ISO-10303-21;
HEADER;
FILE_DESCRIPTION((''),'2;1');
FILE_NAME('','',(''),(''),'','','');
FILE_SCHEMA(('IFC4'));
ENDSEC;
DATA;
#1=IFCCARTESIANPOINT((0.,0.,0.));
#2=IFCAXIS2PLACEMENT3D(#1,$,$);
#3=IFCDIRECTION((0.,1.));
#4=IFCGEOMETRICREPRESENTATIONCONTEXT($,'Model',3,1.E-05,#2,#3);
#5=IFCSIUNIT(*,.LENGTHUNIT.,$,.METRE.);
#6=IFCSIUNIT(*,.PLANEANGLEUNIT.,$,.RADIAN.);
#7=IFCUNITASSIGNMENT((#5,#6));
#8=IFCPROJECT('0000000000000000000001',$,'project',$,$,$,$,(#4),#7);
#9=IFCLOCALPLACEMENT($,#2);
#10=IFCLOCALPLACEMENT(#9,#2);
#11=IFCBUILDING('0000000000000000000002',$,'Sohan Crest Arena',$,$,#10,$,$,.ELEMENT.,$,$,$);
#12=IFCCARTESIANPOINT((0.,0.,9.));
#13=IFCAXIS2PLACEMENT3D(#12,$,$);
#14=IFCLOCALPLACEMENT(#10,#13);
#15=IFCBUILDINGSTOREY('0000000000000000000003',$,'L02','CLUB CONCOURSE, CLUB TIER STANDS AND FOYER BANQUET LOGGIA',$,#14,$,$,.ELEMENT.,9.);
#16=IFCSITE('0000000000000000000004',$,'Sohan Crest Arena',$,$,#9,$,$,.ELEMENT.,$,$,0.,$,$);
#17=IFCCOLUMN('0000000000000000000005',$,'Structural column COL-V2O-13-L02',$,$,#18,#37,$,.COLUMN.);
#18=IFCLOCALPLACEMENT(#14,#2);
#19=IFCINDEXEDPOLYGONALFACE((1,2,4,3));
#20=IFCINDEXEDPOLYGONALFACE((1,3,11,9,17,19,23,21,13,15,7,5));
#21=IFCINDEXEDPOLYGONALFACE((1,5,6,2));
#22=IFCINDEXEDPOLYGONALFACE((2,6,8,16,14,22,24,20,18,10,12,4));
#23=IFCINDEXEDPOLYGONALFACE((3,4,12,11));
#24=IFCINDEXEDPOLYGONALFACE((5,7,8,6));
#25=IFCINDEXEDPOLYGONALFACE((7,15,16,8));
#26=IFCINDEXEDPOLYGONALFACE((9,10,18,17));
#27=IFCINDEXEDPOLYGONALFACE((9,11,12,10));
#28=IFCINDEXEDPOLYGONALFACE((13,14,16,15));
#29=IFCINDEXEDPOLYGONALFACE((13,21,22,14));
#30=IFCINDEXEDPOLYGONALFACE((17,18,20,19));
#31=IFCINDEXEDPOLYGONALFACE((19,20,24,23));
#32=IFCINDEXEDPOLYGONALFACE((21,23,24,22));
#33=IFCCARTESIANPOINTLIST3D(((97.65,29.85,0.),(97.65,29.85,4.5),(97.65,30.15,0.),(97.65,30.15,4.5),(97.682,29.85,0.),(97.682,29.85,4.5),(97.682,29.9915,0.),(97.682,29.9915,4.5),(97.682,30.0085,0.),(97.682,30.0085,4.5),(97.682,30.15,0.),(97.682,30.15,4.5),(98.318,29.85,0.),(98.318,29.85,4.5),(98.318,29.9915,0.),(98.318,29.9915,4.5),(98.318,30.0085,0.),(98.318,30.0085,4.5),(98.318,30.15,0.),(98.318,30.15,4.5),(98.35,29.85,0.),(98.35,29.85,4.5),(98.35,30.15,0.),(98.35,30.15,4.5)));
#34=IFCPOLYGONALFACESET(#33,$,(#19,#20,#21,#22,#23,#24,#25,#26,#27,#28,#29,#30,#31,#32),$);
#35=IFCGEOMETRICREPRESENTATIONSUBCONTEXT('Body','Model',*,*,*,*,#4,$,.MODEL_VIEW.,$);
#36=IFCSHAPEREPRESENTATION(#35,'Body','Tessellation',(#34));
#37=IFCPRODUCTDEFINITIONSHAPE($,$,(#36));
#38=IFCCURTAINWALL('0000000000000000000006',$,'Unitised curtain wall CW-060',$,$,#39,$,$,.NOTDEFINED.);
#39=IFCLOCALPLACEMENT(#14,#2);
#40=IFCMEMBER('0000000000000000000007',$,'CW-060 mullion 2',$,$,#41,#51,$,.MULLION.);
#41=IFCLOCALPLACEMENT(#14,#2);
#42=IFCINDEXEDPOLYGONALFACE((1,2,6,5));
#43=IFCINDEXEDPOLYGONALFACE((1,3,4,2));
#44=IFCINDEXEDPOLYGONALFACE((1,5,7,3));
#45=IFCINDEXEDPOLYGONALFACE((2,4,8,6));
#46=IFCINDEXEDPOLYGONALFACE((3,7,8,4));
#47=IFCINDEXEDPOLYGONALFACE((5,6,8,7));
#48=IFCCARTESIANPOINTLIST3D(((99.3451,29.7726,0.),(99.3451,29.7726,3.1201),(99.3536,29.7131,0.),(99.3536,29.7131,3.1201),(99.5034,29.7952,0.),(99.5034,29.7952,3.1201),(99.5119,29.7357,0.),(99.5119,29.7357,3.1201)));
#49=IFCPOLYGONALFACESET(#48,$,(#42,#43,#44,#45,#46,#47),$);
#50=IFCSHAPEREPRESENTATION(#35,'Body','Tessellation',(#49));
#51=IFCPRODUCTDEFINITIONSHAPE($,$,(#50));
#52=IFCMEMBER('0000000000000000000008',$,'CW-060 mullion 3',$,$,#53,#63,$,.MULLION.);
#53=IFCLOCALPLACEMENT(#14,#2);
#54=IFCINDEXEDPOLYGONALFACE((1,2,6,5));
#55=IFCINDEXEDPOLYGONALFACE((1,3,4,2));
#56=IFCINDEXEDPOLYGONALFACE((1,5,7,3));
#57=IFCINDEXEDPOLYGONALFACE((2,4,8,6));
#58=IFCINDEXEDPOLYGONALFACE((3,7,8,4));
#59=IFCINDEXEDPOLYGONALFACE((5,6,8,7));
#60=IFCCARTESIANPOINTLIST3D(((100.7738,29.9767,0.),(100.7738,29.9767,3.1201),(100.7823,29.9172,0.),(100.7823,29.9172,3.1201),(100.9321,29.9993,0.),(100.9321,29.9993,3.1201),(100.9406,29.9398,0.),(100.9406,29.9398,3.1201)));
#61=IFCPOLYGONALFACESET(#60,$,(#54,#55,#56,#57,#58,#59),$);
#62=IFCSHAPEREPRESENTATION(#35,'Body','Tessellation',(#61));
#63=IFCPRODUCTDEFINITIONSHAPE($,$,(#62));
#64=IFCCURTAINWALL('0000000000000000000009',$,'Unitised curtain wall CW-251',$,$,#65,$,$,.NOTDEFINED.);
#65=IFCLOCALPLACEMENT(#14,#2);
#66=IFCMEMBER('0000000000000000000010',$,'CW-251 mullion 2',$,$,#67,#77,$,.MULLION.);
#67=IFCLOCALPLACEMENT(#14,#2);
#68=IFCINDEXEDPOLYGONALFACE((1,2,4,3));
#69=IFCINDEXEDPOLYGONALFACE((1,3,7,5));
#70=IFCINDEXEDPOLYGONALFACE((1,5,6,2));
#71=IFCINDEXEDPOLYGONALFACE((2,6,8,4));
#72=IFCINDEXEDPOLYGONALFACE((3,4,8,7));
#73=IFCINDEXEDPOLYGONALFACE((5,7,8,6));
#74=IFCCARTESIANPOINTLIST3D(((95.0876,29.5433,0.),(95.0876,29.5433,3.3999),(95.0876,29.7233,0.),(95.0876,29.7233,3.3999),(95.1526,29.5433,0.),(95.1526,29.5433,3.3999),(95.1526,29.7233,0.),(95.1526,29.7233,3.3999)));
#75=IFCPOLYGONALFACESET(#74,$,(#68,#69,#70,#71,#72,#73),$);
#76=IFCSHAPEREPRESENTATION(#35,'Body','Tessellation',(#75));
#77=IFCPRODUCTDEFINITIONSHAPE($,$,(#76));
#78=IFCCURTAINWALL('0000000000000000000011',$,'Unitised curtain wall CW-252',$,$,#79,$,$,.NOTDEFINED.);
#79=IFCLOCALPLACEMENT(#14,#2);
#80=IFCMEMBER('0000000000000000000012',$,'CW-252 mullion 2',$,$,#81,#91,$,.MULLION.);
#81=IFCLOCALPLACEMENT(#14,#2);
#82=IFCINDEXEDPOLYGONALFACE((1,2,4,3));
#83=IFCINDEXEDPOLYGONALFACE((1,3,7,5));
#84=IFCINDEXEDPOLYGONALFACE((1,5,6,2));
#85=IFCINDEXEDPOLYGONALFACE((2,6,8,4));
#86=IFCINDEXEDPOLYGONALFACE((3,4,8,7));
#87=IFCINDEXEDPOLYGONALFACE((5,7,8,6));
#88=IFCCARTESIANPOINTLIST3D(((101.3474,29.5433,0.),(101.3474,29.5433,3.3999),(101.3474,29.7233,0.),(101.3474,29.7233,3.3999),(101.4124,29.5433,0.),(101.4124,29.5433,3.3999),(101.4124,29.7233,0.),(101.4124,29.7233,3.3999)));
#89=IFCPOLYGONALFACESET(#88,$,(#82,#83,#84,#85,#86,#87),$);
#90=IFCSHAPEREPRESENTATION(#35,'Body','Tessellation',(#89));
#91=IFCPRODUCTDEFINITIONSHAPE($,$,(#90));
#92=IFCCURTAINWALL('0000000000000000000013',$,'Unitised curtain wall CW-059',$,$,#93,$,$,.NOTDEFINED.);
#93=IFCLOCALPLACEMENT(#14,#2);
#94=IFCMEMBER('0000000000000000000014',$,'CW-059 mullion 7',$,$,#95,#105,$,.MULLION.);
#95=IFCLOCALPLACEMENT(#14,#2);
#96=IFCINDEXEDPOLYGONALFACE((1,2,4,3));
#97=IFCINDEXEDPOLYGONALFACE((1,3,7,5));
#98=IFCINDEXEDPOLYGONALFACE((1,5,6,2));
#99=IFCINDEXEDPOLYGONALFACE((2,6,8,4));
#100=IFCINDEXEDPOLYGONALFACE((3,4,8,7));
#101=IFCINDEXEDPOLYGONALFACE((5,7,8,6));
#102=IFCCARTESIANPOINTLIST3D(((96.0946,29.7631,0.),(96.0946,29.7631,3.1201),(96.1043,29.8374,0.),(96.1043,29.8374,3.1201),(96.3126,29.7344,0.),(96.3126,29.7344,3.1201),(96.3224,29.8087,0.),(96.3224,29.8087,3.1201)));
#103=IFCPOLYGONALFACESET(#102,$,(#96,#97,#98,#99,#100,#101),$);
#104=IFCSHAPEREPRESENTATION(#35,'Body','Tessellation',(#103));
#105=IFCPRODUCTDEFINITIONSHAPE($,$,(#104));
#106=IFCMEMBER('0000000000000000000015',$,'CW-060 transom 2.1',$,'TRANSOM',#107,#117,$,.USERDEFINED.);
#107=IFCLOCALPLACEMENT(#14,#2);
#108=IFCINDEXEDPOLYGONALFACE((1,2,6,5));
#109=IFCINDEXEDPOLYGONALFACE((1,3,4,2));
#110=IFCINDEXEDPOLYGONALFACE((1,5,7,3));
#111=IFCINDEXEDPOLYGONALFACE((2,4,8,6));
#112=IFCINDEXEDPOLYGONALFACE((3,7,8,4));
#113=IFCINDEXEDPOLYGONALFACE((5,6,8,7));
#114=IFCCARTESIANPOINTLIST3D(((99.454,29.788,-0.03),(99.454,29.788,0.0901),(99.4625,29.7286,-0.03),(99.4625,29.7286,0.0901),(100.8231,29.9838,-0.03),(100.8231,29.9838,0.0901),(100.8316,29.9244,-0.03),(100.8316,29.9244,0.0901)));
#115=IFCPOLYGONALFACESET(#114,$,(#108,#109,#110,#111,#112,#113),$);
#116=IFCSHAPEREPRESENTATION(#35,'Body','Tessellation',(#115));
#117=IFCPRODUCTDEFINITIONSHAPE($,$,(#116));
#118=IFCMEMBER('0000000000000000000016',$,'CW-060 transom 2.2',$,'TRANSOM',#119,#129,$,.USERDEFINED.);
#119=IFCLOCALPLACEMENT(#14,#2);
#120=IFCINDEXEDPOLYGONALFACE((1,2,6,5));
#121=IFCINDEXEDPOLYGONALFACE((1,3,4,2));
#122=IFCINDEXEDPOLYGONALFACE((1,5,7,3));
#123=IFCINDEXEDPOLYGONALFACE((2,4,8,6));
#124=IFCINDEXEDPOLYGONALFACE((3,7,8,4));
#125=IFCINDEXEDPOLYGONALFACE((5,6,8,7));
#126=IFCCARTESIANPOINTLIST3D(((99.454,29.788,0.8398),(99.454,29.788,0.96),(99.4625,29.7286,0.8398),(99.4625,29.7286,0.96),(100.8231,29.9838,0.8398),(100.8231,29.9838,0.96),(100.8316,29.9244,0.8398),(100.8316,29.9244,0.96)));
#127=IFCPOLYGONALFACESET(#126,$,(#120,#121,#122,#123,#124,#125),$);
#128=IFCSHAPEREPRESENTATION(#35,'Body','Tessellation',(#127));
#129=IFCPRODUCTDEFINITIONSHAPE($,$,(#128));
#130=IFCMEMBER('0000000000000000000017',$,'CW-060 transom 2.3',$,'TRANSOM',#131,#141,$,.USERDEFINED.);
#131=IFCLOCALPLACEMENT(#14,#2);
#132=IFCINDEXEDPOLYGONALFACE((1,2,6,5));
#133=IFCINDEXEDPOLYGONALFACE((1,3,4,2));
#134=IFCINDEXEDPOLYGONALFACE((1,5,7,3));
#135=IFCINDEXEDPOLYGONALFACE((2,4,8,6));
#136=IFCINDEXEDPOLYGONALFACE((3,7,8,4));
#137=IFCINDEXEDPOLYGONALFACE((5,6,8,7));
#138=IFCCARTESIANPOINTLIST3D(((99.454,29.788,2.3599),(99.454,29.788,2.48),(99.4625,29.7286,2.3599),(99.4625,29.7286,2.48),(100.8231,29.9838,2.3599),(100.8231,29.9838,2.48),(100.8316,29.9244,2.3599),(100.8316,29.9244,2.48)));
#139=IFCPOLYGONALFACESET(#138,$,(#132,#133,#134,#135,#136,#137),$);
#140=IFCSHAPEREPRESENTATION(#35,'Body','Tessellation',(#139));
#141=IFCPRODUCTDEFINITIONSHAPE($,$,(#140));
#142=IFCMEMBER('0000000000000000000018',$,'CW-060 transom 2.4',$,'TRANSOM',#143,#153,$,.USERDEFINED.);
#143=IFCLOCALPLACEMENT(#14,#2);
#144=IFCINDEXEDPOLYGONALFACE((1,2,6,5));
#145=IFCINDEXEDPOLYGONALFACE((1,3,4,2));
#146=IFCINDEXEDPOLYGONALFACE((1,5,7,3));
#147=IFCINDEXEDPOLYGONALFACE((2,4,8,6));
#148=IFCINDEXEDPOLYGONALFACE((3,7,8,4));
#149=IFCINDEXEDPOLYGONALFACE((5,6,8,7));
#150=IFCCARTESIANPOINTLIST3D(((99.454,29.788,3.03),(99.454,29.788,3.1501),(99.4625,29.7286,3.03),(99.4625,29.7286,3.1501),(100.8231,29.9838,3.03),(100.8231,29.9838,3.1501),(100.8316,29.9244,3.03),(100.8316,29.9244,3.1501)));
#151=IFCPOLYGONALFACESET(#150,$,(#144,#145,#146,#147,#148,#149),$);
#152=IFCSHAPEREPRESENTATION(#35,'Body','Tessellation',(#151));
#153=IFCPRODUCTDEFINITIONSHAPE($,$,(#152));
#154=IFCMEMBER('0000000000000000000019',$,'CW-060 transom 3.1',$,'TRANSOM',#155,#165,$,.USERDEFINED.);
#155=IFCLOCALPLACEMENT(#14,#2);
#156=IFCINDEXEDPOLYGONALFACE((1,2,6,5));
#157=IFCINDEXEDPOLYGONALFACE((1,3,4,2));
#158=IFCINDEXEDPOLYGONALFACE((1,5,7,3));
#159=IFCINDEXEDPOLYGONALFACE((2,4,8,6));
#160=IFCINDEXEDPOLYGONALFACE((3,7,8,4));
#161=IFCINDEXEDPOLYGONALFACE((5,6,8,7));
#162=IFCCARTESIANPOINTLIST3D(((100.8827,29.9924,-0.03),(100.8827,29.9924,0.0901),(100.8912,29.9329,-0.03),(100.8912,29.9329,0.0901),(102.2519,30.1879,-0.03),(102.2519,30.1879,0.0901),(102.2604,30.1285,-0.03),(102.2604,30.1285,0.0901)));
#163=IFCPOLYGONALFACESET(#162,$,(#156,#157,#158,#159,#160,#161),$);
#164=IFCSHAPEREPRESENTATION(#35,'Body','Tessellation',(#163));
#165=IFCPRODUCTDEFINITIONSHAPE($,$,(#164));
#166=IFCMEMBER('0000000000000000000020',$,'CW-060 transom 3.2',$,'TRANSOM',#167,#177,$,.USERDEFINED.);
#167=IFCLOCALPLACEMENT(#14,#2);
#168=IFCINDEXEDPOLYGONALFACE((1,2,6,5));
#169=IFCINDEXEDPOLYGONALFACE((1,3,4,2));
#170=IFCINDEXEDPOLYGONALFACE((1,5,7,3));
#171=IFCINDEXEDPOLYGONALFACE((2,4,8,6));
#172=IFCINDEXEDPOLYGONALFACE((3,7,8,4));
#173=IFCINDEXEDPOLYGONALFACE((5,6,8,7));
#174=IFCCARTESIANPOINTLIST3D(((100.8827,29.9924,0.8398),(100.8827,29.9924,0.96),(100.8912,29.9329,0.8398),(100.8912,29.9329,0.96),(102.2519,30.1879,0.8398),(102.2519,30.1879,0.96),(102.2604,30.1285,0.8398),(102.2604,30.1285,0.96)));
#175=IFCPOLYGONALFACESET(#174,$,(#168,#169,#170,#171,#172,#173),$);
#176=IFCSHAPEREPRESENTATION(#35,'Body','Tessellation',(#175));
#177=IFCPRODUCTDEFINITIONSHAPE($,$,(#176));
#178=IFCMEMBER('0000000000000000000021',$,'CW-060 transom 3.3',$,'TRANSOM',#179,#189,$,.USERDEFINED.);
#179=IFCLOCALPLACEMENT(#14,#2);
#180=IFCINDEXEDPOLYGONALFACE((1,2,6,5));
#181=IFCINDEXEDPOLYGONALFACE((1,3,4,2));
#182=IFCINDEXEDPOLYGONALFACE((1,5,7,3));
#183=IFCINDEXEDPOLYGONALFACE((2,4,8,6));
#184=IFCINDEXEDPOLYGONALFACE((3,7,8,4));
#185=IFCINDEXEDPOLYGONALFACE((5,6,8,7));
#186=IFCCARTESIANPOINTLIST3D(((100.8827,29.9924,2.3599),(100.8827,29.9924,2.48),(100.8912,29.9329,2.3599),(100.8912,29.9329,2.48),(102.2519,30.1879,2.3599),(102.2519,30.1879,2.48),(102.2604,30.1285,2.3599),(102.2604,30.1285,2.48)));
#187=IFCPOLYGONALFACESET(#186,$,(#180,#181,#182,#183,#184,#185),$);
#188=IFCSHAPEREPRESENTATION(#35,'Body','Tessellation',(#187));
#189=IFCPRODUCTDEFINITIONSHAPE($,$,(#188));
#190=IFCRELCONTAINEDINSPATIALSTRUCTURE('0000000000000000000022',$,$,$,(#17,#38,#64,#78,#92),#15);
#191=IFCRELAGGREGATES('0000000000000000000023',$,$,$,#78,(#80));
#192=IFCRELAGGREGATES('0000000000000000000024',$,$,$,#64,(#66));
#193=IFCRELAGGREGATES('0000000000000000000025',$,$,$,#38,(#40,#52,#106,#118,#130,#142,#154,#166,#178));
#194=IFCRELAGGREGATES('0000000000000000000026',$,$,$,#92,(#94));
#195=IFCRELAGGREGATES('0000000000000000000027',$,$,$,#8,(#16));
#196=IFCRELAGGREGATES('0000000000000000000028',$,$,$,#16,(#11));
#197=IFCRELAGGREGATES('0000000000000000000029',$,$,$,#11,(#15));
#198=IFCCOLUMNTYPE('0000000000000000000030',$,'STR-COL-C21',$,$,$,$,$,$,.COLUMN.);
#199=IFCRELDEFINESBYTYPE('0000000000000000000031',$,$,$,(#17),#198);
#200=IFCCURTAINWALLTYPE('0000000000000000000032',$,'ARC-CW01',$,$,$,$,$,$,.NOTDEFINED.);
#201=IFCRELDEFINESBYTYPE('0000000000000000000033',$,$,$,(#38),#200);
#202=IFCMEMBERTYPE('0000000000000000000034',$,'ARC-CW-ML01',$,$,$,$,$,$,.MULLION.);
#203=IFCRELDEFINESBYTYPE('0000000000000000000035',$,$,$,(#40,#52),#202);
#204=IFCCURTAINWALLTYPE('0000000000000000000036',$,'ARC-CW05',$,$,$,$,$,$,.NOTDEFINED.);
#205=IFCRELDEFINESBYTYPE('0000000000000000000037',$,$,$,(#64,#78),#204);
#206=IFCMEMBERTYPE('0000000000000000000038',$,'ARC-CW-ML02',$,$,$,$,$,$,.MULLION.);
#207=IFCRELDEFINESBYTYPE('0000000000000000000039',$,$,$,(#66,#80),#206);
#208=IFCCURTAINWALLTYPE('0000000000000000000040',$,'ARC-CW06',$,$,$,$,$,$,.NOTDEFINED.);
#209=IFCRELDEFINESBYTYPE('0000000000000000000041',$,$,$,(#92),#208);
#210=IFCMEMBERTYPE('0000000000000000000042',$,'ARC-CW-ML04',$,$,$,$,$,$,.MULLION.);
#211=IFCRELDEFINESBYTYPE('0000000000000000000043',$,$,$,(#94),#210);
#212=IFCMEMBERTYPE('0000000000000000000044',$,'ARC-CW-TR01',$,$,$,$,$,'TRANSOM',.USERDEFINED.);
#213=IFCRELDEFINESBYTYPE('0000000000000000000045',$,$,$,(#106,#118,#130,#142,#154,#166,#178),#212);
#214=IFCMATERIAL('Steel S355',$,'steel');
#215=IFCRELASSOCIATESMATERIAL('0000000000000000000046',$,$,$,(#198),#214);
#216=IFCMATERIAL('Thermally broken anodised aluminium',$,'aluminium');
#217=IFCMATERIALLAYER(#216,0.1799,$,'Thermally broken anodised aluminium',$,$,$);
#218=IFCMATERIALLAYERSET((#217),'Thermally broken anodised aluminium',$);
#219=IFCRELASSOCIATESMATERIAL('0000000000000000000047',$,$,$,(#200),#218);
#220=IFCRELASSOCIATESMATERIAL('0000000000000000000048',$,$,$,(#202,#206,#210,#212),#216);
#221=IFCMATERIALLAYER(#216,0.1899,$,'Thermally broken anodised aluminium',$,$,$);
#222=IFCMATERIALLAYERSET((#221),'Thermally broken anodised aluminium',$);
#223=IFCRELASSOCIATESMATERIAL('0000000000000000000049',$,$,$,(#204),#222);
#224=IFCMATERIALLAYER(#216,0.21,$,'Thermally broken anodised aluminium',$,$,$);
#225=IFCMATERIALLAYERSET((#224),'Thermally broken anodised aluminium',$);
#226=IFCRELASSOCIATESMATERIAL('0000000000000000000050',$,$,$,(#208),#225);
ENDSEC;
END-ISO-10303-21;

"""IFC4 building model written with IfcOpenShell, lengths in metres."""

from ifc_helpers import new_model, si_unit, direction, frame, origin, origin_2d, place, context, subcontext, project, spatial, rectangle, i_section, extrude, material, layer, layer_set, material_profile, profile_set, type_object, element, aggregate, save


model = new_model("IFC4")

# Units and contexts
model_context = context("Model", 3, precision=1e-05, world=origin(), true_north=direction((0.0, 1.0)))
body_context = subcontext(model_context, "Body", "Model", "MODEL_VIEW")
ifc_project = project(units=[si_unit("LENGTHUNIT", "METRE"), si_unit("PLANEANGLEUNIT", "RADIAN")], contexts=[model_context])

# Site, building, storey
site_placement = place(None, origin())
site = spatial("IfcSite", under=ifc_project, at=site_placement, Name="Sohan Crest Arena", CompositionType="ELEMENT", RefElevation=0.0)
building_placement = place(site_placement, origin())
building = spatial("IfcBuilding", under=site, at=building_placement, Name="Sohan Crest Arena", CompositionType="ELEMENT")
storey_placement = place(building_placement, frame((0.0, 0.0, 9.0)))
storey = spatial("IfcBuildingStorey", under=building, at=storey_placement, Name="L02", Description="CLUB CONCOURSE, CLUB TIER STANDS AND FOYER BANQUET LOGGIA", CompositionType="ELEMENT", Elevation=9.0)

# Column
ifc_material_1 = material(Name="Steel S355", Category="steel")
ifc_material_profile_1 = material_profile(ifc_material_1, i_section(OverallWidth=0.3, OverallDepth=0.7, WebThickness=0.0171, FlangeThickness=0.032, at=origin_2d()), Name="HEB 700")
ifc_profile_set_1 = profile_set([ifc_material_profile_1], Name="Steel S355")
column_type = type_object("IfcColumnType", Name="STR-COL-C21", PredefinedType="COLUMN", material=ifc_profile_set_1)
column_placement = place(storey_placement, frame((98.0, 30.0, 0.0), z_axis=(0.0, 0.0, 1.0), x_axis=(0.0, 1.0, 0.0)))
element("IfcColumn", 1, at=column_placement, inside=storey, type_object=column_type, Name="Structural column COL-V2O-13-L02", PredefinedType="COLUMN", context=body_context, shape_type="SweptSolid", body=[
    extrude(i_section(OverallWidth=0.3, OverallDepth=0.7, WebThickness=0.0171, FlangeThickness=0.032, at=origin_2d()), origin(), (0.0, 0.0, 1.0), 4.5),
])

# Curtain wall, members
ifc_material_2 = material(Name="Thermally broken anodised aluminium", Category="aluminium")
ifc_layer_1 = layer(ifc_material_2, 0.1799, Name="Thermally broken anodised aluminium")
ifc_layer_set_1 = layer_set([ifc_layer_1], Name="Thermally broken anodised aluminium")
curtain_wall_type_1 = type_object("IfcCurtainWallType", Name="ARC-CW01", PredefinedType="NOTDEFINED", material=ifc_layer_set_1)
curtain_wall_1_placement = place(storey_placement, origin())
curtain_wall_1 = element("IfcCurtainWall", 2, at=curtain_wall_1_placement, inside=storey, type_object=curtain_wall_type_1, Name="Unitised curtain wall CW-060", PredefinedType="NOTDEFINED")
ifc_material_profile_2 = material_profile(ifc_material_2, rectangle(XDim=0.0601, YDim=0.1599, at=origin_2d()), Name="ALU-MULL 60x160")
ifc_profile_set_2 = profile_set([ifc_material_profile_2], Name="Thermally broken anodised aluminium")
member_type_1 = type_object("IfcMemberType", Name="ARC-CW-ML01", PredefinedType="MULLION", material=ifc_profile_set_2)
member_1_placement = place(storey_placement, frame((99.4285, 29.7542, 0.0), z_axis=(0.0, 0.0, 1.0), x_axis=(-0.141463, 0.989944, 0.0)))
member_1 = element("IfcMember", 3, at=member_1_placement, type_object=member_type_1, Name="CW-060 mullion 2", PredefinedType="MULLION", context=body_context, shape_type="SweptSolid", body=[
    extrude(rectangle(XDim=0.0601, YDim=0.1599, at=origin_2d()), origin(), (0.0, 0.0, 1.0), 3.1201),
])
member_2_placement = place(storey_placement, frame((100.8572, 29.9583, 0.0), z_axis=(0.0, 0.0, 1.0), x_axis=(-0.141463, 0.989944, 0.0)))
member_2 = element("IfcMember", 4, at=member_2_placement, type_object=member_type_1, Name="CW-060 mullion 3", PredefinedType="MULLION", context=body_context, shape_type="SweptSolid", body=[
    extrude(rectangle(XDim=0.0601, YDim=0.1599, at=origin_2d()), origin(), (0.0, 0.0, 1.0), 3.1201),
])

# Curtain walls, members
ifc_layer_2 = layer(ifc_material_2, 0.1899, Name="Thermally broken anodised aluminium")
ifc_layer_set_2 = layer_set([ifc_layer_2], Name="Thermally broken anodised aluminium")
curtain_wall_type_2 = type_object("IfcCurtainWallType", Name="ARC-CW05", PredefinedType="NOTDEFINED", material=ifc_layer_set_2)
curtain_wall_2_placement = place(storey_placement, origin())
curtain_wall_2 = element("IfcCurtainWall", 5, at=curtain_wall_2_placement, inside=storey, type_object=curtain_wall_type_2, Name="Unitised curtain wall CW-251", PredefinedType="NOTDEFINED")
ifc_material_profile_3 = material_profile(ifc_material_2, rectangle(XDim=0.0649, YDim=0.1799, at=origin_2d()), Name="ALU-MULL 65x180")
ifc_profile_set_3 = profile_set([ifc_material_profile_3], Name="Thermally broken anodised aluminium")
member_type_2 = type_object("IfcMemberType", Name="ARC-CW-ML02", PredefinedType="MULLION", material=ifc_profile_set_3)
member_3_placement = place(storey_placement, frame((95.1201, 29.6333, 0.0), z_axis=(0.0, 0.0, 1.0), x_axis=(-1.0, 0.0, 0.0)))
member_3 = element("IfcMember", 6, at=member_3_placement, type_object=member_type_2, Name="CW-251 mullion 2", PredefinedType="MULLION", context=body_context, shape_type="SweptSolid", body=[
    extrude(rectangle(XDim=0.0649, YDim=0.1799, at=origin_2d()), origin(), (0.0, 0.0, 1.0), 3.3999),
])
curtain_wall_3_placement = place(storey_placement, origin())
curtain_wall_3 = element("IfcCurtainWall", 7, at=curtain_wall_3_placement, inside=storey, type_object=curtain_wall_type_2, Name="Unitised curtain wall CW-252", PredefinedType="NOTDEFINED")
member_4_placement = place(storey_placement, frame((101.3799, 29.6333, 0.0), z_axis=(0.0, 0.0, 1.0), x_axis=(-1.0, 0.0, 0.0)))
member_4 = element("IfcMember", 8, at=member_4_placement, type_object=member_type_2, Name="CW-252 mullion 2", PredefinedType="MULLION", context=body_context, shape_type="SweptSolid", body=[
    extrude(rectangle(XDim=0.0649, YDim=0.1799, at=origin_2d()), origin(), (0.0, 0.0, 1.0), 3.3999),
])
aggregate(curtain_wall_3, [member_4])
ifc_layer_3 = layer(ifc_material_2, 0.21, Name="Thermally broken anodised aluminium")
ifc_layer_set_3 = layer_set([ifc_layer_3], Name="Thermally broken anodised aluminium")
curtain_wall_type_3 = type_object("IfcCurtainWallType", Name="ARC-CW06", PredefinedType="NOTDEFINED", material=ifc_layer_set_3)
curtain_wall_4_placement = place(storey_placement, origin())
curtain_wall_4 = element("IfcCurtainWall", 9, at=curtain_wall_4_placement, inside=storey, type_object=curtain_wall_type_3, Name="Unitised curtain wall CW-059", PredefinedType="NOTDEFINED")
ifc_material_profile_4 = material_profile(ifc_material_2, rectangle(XDim=0.075, YDim=0.22, at=origin_2d()), Name="ALU-MULL 75x220")
ifc_profile_set_4 = profile_set([ifc_material_profile_4], Name="Thermally broken anodised aluminium")
member_type_3 = type_object("IfcMemberType", Name="ARC-CW-ML04", PredefinedType="MULLION", material=ifc_profile_set_4)
member_5_placement = place(storey_placement, frame((96.2085, 29.7859, 0.0), z_axis=(0.0, 0.0, 1.0), x_axis=(0.130532, 0.991444, 0.0)))
member_5 = element("IfcMember", 10, at=member_5_placement, type_object=member_type_3, Name="CW-059 mullion 7", PredefinedType="MULLION", context=body_context, shape_type="SweptSolid", body=[
    extrude(rectangle(XDim=0.075, YDim=0.22, at=origin_2d()), origin(), (0.0, 0.0, 1.0), 3.1201),
])

# Members
ifc_material_profile_5 = material_profile(ifc_material_2, rectangle(XDim=0.0601, YDim=0.1201, at=origin_2d()), Name="ALU-TRAN 60x120")
ifc_profile_set_5 = profile_set([ifc_material_profile_5], Name="Thermally broken anodised aluminium")
member_type_4 = type_object("IfcMemberType", Name="ARC-CW-TR01", ElementType="TRANSOM", PredefinedType="USERDEFINED", material=ifc_profile_set_5)
member_6_placement = place(storey_placement, frame((99.4583, 29.7583, 0.03), z_axis=(0.989928, 0.14157, 0.0), x_axis=(-0.14157, 0.989928, 0.0)))
member_6 = element("IfcMember", 11, at=member_6_placement, type_object=member_type_4, Name="CW-060 transom 2.1", ObjectType="TRANSOM", PredefinedType="USERDEFINED", context=body_context, shape_type="SweptSolid", body=[
    extrude(rectangle(XDim=0.0601, YDim=0.1201, at=origin_2d()), origin(), (0.0, 0.0, 1.0), 1.3831),
])
member_7_placement = place(storey_placement, frame((99.4583, 29.7583, 0.8999), z_axis=(0.989928, 0.14157, 0.0), x_axis=(-0.14157, 0.989928, 0.0)))
member_7 = element("IfcMember", 12, at=member_7_placement, type_object=member_type_4, Name="CW-060 transom 2.2", ObjectType="TRANSOM", PredefinedType="USERDEFINED", context=body_context, shape_type="SweptSolid", body=[
    extrude(rectangle(XDim=0.0601, YDim=0.1201, at=origin_2d()), origin(), (0.0, 0.0, 1.0), 1.3831),
])
member_8_placement = place(storey_placement, frame((99.4583, 29.7583, 2.4199), z_axis=(0.989928, 0.14157, 0.0), x_axis=(-0.14157, 0.989928, 0.0)))
member_8 = element("IfcMember", 13, at=member_8_placement, type_object=member_type_4, Name="CW-060 transom 2.3", ObjectType="TRANSOM", PredefinedType="USERDEFINED", context=body_context, shape_type="SweptSolid", body=[
    extrude(rectangle(XDim=0.0601, YDim=0.1201, at=origin_2d()), origin(), (0.0, 0.0, 1.0), 1.3831),
])
member_9_placement = place(storey_placement, frame((99.4583, 29.7583, 3.0901), z_axis=(0.989928, 0.14157, 0.0), x_axis=(-0.14157, 0.989928, 0.0)))
member_9 = element("IfcMember", 14, at=member_9_placement, type_object=member_type_4, Name="CW-060 transom 2.4", ObjectType="TRANSOM", PredefinedType="USERDEFINED", context=body_context, shape_type="SweptSolid", body=[
    extrude(rectangle(XDim=0.0601, YDim=0.1201, at=origin_2d()), origin(), (0.0, 0.0, 1.0), 1.3831),
])
member_10_placement = place(storey_placement, frame((100.887, 29.9626, 0.03), z_axis=(0.989953, 0.141397, 0.0), x_axis=(-0.141397, 0.989953, 0.0)))
member_10 = element("IfcMember", 15, at=member_10_placement, type_object=member_type_4, Name="CW-060 transom 3.1", ObjectType="TRANSOM", PredefinedType="USERDEFINED", context=body_context, shape_type="SweptSolid", body=[
    extrude(rectangle(XDim=0.0601, YDim=0.1201, at=origin_2d()), origin(), (0.0, 0.0, 1.0), 1.3831),
])
member_11_placement = place(storey_placement, frame((100.887, 29.9626, 0.8999), z_axis=(0.989953, 0.141397, 0.0), x_axis=(-0.141397, 0.989953, 0.0)))
member_11 = element("IfcMember", 16, at=member_11_placement, type_object=member_type_4, Name="CW-060 transom 3.2", ObjectType="TRANSOM", PredefinedType="USERDEFINED", context=body_context, shape_type="SweptSolid", body=[
    extrude(rectangle(XDim=0.0601, YDim=0.1201, at=origin_2d()), origin(), (0.0, 0.0, 1.0), 1.3831),
])
member_12_placement = place(storey_placement, frame((100.887, 29.9626, 2.4199), z_axis=(0.989953, 0.141397, 0.0), x_axis=(-0.141397, 0.989953, 0.0)))
member_12 = element("IfcMember", 17, at=member_12_placement, type_object=member_type_4, Name="CW-060 transom 3.3", ObjectType="TRANSOM", PredefinedType="USERDEFINED", context=body_context, shape_type="SweptSolid", body=[
    extrude(rectangle(XDim=0.0601, YDim=0.1201, at=origin_2d()), origin(), (0.0, 0.0, 1.0), 1.3831),
])
aggregate(curtain_wall_2, [member_3])

aggregate(curtain_wall_1, [member_1, member_2, member_6, member_7, member_8, member_9, member_10, member_11, member_12])
aggregate(curtain_wall_4, [member_5])

save(model, "model.ifc")
